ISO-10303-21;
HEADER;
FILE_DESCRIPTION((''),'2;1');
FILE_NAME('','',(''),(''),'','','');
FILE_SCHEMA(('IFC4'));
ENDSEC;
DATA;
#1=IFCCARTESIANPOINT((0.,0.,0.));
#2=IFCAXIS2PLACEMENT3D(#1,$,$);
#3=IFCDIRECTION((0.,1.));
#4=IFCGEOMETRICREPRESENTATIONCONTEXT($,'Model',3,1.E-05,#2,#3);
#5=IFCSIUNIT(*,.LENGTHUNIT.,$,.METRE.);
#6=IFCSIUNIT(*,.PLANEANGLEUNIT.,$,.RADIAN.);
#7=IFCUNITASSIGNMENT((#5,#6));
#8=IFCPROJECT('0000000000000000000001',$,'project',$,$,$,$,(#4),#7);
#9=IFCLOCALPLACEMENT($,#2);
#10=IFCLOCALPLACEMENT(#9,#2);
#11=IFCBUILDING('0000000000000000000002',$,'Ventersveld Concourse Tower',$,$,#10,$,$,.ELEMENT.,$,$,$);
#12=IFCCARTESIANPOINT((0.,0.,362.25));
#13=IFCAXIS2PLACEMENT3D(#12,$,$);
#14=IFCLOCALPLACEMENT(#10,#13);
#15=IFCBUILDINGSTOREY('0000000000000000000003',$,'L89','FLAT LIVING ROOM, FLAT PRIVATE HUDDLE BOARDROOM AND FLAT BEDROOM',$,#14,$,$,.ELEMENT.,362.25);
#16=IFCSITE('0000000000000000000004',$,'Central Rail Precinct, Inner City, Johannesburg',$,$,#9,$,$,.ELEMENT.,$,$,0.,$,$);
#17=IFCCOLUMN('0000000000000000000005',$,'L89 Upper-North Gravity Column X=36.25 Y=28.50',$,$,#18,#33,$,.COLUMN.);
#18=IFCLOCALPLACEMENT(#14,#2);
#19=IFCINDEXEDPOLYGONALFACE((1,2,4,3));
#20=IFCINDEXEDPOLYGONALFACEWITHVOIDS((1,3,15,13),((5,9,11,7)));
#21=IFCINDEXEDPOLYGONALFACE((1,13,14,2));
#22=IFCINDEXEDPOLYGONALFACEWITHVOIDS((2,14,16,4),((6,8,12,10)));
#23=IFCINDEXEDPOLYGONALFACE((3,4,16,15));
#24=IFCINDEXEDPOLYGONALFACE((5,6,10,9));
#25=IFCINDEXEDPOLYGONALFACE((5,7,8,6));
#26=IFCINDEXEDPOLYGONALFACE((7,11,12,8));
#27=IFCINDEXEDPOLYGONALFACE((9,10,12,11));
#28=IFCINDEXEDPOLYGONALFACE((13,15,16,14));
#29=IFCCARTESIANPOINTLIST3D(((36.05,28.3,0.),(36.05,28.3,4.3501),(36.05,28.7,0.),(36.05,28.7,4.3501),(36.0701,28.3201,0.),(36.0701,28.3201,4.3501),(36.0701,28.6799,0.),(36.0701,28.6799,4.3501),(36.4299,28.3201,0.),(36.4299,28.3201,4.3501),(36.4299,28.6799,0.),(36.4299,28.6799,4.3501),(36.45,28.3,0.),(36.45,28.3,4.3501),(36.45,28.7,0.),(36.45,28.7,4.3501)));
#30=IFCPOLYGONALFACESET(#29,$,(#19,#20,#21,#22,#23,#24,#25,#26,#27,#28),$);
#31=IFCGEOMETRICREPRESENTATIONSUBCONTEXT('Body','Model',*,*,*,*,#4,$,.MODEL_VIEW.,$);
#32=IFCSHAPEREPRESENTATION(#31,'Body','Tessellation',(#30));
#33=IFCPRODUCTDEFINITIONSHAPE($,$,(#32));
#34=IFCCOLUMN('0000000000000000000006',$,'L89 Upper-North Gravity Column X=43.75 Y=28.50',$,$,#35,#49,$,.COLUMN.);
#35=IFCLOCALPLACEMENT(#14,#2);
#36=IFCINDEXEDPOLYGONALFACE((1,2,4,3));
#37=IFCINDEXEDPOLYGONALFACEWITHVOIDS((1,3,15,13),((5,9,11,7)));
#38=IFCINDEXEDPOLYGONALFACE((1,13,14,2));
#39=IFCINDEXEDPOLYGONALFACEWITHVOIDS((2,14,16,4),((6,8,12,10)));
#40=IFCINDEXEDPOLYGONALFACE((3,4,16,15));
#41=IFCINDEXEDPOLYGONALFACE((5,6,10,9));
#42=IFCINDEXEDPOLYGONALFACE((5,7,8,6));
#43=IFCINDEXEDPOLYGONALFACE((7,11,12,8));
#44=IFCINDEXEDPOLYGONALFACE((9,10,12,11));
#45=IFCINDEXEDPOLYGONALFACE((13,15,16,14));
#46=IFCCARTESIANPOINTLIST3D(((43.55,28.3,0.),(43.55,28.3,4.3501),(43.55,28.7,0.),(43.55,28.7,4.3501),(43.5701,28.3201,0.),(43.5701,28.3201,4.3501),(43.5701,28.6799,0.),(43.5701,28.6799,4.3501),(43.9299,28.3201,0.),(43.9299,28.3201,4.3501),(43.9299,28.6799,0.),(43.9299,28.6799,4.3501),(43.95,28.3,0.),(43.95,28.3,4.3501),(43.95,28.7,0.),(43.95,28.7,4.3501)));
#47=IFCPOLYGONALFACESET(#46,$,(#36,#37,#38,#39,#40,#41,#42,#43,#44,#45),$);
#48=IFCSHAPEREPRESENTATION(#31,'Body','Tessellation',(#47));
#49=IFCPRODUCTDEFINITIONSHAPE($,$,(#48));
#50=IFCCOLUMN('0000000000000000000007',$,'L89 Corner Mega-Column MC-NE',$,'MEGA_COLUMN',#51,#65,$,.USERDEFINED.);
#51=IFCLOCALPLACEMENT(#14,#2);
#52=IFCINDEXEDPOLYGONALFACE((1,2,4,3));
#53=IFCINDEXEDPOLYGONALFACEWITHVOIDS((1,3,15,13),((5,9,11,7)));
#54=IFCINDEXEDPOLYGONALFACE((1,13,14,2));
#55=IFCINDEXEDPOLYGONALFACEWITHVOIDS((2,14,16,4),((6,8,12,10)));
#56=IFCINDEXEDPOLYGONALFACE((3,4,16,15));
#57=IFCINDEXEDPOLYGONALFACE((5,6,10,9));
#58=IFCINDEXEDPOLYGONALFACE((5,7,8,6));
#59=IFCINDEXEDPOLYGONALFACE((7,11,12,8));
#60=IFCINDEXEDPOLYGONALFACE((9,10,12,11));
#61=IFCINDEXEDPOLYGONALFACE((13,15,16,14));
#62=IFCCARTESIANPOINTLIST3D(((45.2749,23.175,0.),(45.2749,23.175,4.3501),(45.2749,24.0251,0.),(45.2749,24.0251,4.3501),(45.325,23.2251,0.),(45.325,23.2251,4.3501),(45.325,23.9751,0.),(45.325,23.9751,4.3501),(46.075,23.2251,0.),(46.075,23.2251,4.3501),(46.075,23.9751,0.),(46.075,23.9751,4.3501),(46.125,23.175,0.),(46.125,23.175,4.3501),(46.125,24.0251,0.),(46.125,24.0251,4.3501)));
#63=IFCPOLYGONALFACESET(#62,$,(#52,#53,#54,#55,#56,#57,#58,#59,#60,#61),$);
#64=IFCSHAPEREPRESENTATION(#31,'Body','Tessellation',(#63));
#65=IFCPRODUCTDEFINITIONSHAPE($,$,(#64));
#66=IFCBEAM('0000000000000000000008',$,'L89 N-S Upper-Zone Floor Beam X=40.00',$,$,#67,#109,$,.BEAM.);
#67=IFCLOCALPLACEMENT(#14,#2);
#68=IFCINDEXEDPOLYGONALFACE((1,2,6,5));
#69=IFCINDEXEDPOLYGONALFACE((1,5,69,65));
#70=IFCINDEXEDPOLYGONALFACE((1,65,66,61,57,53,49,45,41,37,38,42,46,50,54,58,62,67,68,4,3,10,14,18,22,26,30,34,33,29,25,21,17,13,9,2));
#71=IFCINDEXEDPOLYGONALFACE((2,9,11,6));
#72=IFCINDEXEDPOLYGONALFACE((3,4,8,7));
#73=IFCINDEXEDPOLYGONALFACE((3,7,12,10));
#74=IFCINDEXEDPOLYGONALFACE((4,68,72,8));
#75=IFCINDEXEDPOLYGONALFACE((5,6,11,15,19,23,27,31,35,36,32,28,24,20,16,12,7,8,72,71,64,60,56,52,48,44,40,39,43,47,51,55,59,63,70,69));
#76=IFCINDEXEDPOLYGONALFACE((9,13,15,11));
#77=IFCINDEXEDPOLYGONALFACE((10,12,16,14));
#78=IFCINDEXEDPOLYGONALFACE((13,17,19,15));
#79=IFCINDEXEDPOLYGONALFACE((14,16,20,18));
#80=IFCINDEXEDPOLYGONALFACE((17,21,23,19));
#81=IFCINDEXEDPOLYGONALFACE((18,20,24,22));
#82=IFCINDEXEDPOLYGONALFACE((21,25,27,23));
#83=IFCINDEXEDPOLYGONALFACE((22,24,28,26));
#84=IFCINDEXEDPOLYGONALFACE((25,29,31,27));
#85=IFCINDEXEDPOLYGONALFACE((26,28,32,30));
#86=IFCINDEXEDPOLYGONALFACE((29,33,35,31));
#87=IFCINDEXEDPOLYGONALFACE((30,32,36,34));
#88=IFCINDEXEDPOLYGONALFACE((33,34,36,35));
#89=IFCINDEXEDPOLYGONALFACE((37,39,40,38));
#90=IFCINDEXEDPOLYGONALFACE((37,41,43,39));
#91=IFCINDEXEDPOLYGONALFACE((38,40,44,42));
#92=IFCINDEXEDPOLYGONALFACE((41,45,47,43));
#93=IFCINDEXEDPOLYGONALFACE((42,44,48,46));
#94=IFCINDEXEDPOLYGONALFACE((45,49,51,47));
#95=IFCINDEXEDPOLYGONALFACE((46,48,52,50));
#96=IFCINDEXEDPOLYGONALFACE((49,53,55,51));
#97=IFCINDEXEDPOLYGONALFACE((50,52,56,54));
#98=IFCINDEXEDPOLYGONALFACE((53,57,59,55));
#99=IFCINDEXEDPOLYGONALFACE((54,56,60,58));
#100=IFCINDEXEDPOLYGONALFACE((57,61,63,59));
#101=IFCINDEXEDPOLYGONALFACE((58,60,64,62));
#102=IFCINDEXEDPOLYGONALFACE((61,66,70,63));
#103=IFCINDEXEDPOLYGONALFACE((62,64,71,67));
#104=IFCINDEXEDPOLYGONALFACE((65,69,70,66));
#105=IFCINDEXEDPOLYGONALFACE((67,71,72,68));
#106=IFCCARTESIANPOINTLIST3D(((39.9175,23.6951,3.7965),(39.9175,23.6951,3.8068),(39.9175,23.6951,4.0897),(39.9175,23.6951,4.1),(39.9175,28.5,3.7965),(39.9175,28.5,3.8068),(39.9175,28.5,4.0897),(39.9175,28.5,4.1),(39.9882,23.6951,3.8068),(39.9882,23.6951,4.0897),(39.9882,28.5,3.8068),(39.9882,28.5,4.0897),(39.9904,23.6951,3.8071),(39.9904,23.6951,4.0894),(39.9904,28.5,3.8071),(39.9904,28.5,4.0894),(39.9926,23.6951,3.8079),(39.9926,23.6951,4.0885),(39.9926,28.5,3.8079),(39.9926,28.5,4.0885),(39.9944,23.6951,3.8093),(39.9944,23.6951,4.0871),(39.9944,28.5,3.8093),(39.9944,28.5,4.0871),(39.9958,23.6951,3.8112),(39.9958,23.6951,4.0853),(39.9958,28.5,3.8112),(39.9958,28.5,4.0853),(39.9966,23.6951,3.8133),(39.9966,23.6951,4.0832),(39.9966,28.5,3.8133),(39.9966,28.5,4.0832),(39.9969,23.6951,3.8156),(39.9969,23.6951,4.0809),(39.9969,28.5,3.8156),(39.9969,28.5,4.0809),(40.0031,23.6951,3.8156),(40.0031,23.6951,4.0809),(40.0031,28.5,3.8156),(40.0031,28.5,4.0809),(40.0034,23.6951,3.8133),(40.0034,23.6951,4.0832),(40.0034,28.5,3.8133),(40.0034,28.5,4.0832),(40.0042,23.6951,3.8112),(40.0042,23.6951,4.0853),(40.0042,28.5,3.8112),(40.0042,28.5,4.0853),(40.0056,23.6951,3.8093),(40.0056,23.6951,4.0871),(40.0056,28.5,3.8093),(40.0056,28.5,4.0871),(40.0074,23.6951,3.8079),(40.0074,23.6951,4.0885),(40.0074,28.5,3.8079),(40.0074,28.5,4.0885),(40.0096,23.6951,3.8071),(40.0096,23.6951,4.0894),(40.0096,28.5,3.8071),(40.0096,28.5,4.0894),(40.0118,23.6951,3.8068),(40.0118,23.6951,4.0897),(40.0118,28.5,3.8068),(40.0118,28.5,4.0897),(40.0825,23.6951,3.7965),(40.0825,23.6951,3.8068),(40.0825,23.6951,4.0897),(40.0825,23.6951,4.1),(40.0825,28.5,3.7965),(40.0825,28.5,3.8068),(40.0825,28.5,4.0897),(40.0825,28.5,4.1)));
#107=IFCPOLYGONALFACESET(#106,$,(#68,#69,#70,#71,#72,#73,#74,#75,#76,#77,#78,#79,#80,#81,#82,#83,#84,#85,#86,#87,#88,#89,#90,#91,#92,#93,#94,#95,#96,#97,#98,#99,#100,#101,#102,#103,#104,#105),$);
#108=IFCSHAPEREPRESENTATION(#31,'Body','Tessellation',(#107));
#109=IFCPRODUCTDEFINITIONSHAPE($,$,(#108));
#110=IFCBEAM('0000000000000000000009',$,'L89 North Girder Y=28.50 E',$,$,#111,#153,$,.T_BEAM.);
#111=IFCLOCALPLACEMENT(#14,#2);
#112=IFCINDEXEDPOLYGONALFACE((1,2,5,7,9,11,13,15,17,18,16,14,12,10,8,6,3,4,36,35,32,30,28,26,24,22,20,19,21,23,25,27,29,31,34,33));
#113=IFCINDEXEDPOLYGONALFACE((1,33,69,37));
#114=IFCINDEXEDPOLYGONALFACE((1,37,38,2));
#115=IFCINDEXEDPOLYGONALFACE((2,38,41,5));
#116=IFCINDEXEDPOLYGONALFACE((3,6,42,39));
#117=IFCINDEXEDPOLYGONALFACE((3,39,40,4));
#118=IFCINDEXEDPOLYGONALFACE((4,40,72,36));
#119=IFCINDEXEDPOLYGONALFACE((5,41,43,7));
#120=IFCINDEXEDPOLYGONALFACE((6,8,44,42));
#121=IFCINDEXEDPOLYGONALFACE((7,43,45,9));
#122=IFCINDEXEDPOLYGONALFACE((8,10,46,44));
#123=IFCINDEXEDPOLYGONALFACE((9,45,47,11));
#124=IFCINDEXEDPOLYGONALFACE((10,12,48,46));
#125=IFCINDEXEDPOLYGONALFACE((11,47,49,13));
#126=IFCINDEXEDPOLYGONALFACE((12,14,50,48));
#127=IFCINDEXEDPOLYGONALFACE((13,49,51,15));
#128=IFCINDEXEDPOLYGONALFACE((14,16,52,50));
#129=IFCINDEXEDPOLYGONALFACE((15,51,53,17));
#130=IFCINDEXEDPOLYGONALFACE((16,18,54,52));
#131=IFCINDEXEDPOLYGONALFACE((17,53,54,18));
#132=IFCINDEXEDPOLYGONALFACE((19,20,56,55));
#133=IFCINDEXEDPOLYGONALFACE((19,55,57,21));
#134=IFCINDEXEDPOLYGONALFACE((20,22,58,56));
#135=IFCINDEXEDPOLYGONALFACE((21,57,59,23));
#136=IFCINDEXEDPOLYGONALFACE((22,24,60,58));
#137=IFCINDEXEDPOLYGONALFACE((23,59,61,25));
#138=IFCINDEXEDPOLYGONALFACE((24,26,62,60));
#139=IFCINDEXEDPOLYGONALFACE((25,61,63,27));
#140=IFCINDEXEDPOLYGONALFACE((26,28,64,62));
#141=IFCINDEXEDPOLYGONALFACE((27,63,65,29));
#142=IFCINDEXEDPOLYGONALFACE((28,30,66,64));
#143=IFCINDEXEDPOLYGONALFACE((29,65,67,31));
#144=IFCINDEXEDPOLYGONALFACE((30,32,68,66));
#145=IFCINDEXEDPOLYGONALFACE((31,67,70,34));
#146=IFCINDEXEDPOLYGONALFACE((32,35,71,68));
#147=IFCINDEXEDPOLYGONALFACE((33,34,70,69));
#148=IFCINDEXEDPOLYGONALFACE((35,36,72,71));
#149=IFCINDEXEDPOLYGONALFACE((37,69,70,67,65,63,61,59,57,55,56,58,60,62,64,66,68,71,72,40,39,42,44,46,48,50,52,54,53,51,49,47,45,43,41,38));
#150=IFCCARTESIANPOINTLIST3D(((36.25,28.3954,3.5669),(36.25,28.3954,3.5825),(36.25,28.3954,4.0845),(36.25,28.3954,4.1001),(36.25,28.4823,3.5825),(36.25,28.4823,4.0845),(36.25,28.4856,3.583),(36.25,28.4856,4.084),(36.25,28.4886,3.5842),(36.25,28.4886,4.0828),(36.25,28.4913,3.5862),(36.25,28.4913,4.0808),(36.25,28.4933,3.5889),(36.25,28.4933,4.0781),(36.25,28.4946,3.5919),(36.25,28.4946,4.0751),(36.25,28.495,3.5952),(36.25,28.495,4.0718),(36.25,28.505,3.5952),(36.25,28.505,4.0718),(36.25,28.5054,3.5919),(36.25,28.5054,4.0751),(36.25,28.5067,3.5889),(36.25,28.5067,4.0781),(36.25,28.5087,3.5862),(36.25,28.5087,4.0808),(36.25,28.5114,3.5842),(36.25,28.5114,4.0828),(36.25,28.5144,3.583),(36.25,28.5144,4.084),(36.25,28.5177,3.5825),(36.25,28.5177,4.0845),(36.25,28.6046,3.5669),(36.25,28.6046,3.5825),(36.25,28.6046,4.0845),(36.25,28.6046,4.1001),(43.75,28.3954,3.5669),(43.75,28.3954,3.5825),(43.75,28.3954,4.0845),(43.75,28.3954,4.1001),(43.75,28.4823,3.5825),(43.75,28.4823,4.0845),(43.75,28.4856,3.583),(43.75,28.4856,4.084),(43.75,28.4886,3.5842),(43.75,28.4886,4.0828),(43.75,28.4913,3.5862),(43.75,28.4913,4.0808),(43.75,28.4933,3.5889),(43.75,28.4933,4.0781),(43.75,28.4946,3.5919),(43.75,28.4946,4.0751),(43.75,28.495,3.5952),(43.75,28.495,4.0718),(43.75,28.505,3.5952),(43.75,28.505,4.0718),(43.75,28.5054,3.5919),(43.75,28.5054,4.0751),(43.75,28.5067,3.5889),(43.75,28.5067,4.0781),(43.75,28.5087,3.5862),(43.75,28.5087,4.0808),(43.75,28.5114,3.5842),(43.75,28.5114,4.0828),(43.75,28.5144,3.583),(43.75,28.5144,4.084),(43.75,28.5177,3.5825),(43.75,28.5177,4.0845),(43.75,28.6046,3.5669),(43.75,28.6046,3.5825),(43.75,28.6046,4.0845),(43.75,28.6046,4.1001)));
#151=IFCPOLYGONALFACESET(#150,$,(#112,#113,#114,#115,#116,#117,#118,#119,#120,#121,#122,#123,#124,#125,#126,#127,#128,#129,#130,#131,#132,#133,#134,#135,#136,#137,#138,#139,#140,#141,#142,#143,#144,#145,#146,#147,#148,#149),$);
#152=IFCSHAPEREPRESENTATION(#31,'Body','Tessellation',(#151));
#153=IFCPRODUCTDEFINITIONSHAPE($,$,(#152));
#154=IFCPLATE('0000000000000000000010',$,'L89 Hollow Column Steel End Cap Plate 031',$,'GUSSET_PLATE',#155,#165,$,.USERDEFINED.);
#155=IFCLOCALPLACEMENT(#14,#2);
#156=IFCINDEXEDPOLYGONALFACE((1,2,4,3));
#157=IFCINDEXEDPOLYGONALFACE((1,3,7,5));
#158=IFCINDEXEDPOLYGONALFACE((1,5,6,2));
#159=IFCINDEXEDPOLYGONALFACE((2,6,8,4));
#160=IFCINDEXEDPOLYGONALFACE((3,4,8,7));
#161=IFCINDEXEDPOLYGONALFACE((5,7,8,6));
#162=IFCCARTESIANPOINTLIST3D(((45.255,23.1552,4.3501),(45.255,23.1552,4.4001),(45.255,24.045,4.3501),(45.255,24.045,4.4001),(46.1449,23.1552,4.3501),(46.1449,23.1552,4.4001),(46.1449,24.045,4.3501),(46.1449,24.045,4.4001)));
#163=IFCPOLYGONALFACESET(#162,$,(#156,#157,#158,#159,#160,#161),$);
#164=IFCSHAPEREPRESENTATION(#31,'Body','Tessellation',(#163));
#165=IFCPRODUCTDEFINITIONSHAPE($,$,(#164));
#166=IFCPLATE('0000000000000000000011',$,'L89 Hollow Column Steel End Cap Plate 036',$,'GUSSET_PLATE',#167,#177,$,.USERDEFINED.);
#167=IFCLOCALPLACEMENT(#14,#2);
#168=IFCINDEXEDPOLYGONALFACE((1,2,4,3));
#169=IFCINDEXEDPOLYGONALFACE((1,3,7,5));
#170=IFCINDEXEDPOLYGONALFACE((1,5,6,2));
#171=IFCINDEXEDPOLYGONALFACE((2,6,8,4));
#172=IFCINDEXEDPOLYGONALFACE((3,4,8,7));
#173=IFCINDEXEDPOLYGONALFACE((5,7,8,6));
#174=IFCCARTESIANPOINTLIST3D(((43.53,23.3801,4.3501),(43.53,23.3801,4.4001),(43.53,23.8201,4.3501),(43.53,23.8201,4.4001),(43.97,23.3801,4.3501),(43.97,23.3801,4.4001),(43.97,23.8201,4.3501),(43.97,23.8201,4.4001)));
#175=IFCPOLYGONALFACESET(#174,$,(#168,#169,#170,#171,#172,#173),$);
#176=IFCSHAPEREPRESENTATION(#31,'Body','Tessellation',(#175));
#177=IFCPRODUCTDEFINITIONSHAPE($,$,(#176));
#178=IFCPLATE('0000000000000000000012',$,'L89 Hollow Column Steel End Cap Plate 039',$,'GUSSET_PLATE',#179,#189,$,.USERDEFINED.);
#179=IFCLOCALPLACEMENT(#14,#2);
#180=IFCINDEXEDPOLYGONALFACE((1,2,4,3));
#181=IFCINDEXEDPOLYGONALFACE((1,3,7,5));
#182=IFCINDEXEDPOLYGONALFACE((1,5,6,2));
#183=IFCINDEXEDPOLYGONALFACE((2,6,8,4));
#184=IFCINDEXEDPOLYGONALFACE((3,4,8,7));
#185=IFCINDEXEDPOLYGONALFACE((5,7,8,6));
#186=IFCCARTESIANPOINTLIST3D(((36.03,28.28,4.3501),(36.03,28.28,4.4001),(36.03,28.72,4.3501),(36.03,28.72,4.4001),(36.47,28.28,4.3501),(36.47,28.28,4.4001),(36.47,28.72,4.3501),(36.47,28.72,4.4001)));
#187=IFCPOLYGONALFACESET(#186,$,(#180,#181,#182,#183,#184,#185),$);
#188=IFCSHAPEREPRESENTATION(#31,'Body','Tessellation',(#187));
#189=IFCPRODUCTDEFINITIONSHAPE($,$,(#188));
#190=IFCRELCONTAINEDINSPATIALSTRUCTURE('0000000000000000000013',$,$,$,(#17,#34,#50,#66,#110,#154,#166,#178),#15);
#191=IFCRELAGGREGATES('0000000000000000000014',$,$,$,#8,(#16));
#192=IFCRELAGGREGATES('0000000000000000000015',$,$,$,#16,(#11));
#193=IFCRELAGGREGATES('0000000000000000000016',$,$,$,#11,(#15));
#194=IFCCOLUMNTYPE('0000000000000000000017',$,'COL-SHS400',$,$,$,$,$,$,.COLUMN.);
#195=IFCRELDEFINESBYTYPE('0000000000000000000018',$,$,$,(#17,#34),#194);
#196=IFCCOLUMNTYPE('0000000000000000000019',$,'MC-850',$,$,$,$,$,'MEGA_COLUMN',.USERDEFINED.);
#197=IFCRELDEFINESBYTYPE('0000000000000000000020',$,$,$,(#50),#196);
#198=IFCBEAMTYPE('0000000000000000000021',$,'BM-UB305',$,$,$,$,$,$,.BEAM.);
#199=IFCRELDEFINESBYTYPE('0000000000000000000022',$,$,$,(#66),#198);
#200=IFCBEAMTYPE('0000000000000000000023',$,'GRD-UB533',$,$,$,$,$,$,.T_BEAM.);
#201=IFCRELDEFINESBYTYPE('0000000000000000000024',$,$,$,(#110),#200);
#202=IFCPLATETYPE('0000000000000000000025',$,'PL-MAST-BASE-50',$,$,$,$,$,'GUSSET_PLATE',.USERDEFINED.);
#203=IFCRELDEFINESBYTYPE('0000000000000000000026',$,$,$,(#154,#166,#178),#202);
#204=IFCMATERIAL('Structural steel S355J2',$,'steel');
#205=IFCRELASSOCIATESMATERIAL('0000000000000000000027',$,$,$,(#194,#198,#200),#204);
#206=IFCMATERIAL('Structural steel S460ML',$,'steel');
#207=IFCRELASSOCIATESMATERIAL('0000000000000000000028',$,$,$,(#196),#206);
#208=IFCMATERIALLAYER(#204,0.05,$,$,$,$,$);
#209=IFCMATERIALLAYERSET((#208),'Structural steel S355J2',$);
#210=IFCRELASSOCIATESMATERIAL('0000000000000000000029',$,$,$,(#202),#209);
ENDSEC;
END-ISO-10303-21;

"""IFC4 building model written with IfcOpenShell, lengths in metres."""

from ifc_helpers import new_model, si_unit, direction, frame, origin, origin_2d, place, context, subcontext, project, spatial, rectangle, hollow_rectangle, i_section, extrude, material, layer, layer_set, material_profile, profile_set, type_object, element, save


model = new_model("IFC4")

# Units and contexts
model_context = context("Model", 3, precision=1e-05, world=origin(), true_north=direction((0.0, 1.0)))
body_context = subcontext(model_context, "Body", "Model", "MODEL_VIEW")
ifc_project = project(units=[si_unit("LENGTHUNIT", "METRE"), si_unit("PLANEANGLEUNIT", "RADIAN")], contexts=[model_context])

# Site, building, storey
site_placement = place(None, origin())
site = spatial("IfcSite", under=ifc_project, at=site_placement, Name="Central Rail Precinct, Inner City, Johannesburg", CompositionType="ELEMENT", RefElevation=0.0)
building_placement = place(site_placement, origin())
building = spatial("IfcBuilding", under=site, at=building_placement, Name="Ventersveld Concourse Tower", CompositionType="ELEMENT")
storey_placement = place(building_placement, frame((0.0, 0.0, 362.25)))
storey = spatial("IfcBuildingStorey", under=building, at=storey_placement, Name="L89", Description="FLAT LIVING ROOM, FLAT PRIVATE HUDDLE BOARDROOM AND FLAT BEDROOM", CompositionType="ELEMENT", Elevation=362.25)

# Columns
ifc_material_1 = material(Name="Structural steel S355J2", Category="steel")
ifc_material_profile_1 = material_profile(ifc_material_1, hollow_rectangle(XDim=0.3999, YDim=0.3999, WallThickness=0.02, at=origin_2d()), Name="SHS 400x400x20")
ifc_profile_set_1 = profile_set([ifc_material_profile_1], Name="Structural steel S355J2")
column_type_1 = type_object("IfcColumnType", Name="COL-SHS400", PredefinedType="COLUMN", material=ifc_profile_set_1)
for number, where, z_axis, x_axis, name in (
    (1, (36.25, 28.5, 0.0), (0.0, 0.0, 1.0), (1.0, 0.0, 0.0), "L89 Upper-North Gravity Column X=36.25 Y=28.50"),
    (2, (43.75, 28.5, 0.0), (0.0, 0.0, 1.0), (1.0, 0.0, 0.0), "L89 Upper-North Gravity Column X=43.75 Y=28.50"),
):
    element("IfcColumn", number, at=place(storey_placement, frame(where, z_axis=z_axis, x_axis=x_axis)), inside=storey, type_object=column_type_1, Name=name, PredefinedType="COLUMN", context=body_context, shape_type="SweptSolid", body=[
        extrude(hollow_rectangle(XDim=0.3999, YDim=0.3999, WallThickness=0.02, at=origin_2d()), origin(), (0.0, 0.0, 1.0), 4.3501),
    ])
ifc_material_2 = material(Name="Structural steel S460ML", Category="steel")
ifc_material_profile_2 = material_profile(ifc_material_2, hollow_rectangle(XDim=0.8501, YDim=0.8501, WallThickness=0.05, at=origin_2d()), Name="BOX 850x850x50")
ifc_profile_set_2 = profile_set([ifc_material_profile_2], Name="Structural steel S460ML")
column_type_2 = type_object("IfcColumnType", Name="MC-850", ElementType="MEGA_COLUMN", PredefinedType="USERDEFINED", material=ifc_profile_set_2)
column_placement = place(storey_placement, frame((45.7, 23.6001, 0.0), z_axis=(0.0, 0.0, 1.0), x_axis=(1.0, 0.0, 0.0)))
element("IfcColumn", 3, at=column_placement, inside=storey, type_object=column_type_2, Name="L89 Corner Mega-Column MC-NE", ObjectType="MEGA_COLUMN", PredefinedType="USERDEFINED", context=body_context, shape_type="SweptSolid", body=[
    extrude(hollow_rectangle(XDim=0.8501, YDim=0.8501, WallThickness=0.05, at=origin_2d()), origin(), (0.0, 0.0, 1.0), 4.3501),
])

# Beams
ifc_material_profile_3 = material_profile(ifc_material_1, i_section(OverallWidth=0.165, OverallDepth=0.3035, WebThickness=0.0061, FlangeThickness=0.0103, FilletRadius=0.0088, at=origin_2d()), Name="UB 305x165x40")
ifc_profile_set_3 = profile_set([ifc_material_profile_3], Name="Structural steel S355J2")
beam_type_1 = type_object("IfcBeamType", Name="BM-UB305", PredefinedType="BEAM", material=ifc_profile_set_3)
beam_1_placement = place(storey_placement, frame((40.0, 23.6951, 3.9482), z_axis=(0.0, 1.0, 0.0), x_axis=(-1.0, 0.0, 0.0)))
element("IfcBeam", 4, at=beam_1_placement, inside=storey, type_object=beam_type_1, Name="L89 N-S Upper-Zone Floor Beam X=40.00", PredefinedType="BEAM", context=body_context, shape_type="SweptSolid", body=[
    extrude(i_section(OverallWidth=0.165, OverallDepth=0.3035, WebThickness=0.0061, FlangeThickness=0.0103, FilletRadius=0.0088, at=origin_2d()), origin(), (0.0, 0.0, 1.0), 4.8049),
])
ifc_material_profile_4 = material_profile(ifc_material_1, i_section(OverallWidth=0.2092, OverallDepth=0.5332, WebThickness=0.01, FlangeThickness=0.0156, FilletRadius=0.0127, at=origin_2d()), Name="UB 533x210x92")
ifc_profile_set_4 = profile_set([ifc_material_profile_4], Name="Structural steel S355J2")
beam_type_2 = type_object("IfcBeamType", Name="GRD-UB533", PredefinedType="T_BEAM", material=ifc_profile_set_4)
beam_2_placement = place(storey_placement, frame((36.25, 28.5, 3.8335), z_axis=(1.0, 0.0, 0.0), x_axis=(0.0, 1.0, 0.0)))
element("IfcBeam", 5, at=beam_2_placement, inside=storey, type_object=beam_type_2, Name="L89 North Girder Y=28.50 E", PredefinedType="T_BEAM", context=body_context, shape_type="SweptSolid", body=[
    extrude(i_section(OverallWidth=0.2092, OverallDepth=0.5332, WebThickness=0.01, FlangeThickness=0.0156, FilletRadius=0.0127, at=origin_2d()), origin(), (0.0, 0.0, 1.0), 7.5),
])

# Plates
ifc_layer_1 = layer(ifc_material_1, 0.05)
ifc_layer_set_1 = layer_set([ifc_layer_1], Name="Structural steel S355J2")
plate_type = type_object("IfcPlateType", Name="PL-MAST-BASE-50", ElementType="GUSSET_PLATE", PredefinedType="USERDEFINED", material=ifc_layer_set_1)
plate_placement = place(storey_placement, frame((45.7, 23.6001, 4.3501), z_axis=(0.0, 0.0, 1.0), x_axis=(1.0, 0.0, 0.0)))
element("IfcPlate", 6, at=plate_placement, inside=storey, type_object=plate_type, Name="L89 Hollow Column Steel End Cap Plate 031", ObjectType="GUSSET_PLATE", PredefinedType="USERDEFINED", context=body_context, shape_type="SweptSolid", body=[
    extrude(rectangle(XDim=0.8899, YDim=0.8899, at=origin_2d()), origin(), (0.0, 0.0, 1.0), 0.05),
])
for number, where, z_axis, x_axis, name in (
    (7, (43.75, 23.6001, 4.3501), (0.0, 0.0, 1.0), (1.0, 0.0, 0.0), "L89 Hollow Column Steel End Cap Plate 036"),
    (8, (36.25, 28.5, 4.3501), (0.0, 0.0, 1.0), (1.0, 0.0, 0.0), "L89 Hollow Column Steel End Cap Plate 039"),
):
    element("IfcPlate", number, at=place(storey_placement, frame(where, z_axis=z_axis, x_axis=x_axis)), inside=storey, type_object=plate_type, Name=name, ObjectType="GUSSET_PLATE", PredefinedType="USERDEFINED", context=body_context, shape_type="SweptSolid", body=[
        extrude(rectangle(XDim=0.4399, YDim=0.4399, at=origin_2d()), origin(), (0.0, 0.0, 1.0), 0.05),
    ])

save(model, "model.ifc")
